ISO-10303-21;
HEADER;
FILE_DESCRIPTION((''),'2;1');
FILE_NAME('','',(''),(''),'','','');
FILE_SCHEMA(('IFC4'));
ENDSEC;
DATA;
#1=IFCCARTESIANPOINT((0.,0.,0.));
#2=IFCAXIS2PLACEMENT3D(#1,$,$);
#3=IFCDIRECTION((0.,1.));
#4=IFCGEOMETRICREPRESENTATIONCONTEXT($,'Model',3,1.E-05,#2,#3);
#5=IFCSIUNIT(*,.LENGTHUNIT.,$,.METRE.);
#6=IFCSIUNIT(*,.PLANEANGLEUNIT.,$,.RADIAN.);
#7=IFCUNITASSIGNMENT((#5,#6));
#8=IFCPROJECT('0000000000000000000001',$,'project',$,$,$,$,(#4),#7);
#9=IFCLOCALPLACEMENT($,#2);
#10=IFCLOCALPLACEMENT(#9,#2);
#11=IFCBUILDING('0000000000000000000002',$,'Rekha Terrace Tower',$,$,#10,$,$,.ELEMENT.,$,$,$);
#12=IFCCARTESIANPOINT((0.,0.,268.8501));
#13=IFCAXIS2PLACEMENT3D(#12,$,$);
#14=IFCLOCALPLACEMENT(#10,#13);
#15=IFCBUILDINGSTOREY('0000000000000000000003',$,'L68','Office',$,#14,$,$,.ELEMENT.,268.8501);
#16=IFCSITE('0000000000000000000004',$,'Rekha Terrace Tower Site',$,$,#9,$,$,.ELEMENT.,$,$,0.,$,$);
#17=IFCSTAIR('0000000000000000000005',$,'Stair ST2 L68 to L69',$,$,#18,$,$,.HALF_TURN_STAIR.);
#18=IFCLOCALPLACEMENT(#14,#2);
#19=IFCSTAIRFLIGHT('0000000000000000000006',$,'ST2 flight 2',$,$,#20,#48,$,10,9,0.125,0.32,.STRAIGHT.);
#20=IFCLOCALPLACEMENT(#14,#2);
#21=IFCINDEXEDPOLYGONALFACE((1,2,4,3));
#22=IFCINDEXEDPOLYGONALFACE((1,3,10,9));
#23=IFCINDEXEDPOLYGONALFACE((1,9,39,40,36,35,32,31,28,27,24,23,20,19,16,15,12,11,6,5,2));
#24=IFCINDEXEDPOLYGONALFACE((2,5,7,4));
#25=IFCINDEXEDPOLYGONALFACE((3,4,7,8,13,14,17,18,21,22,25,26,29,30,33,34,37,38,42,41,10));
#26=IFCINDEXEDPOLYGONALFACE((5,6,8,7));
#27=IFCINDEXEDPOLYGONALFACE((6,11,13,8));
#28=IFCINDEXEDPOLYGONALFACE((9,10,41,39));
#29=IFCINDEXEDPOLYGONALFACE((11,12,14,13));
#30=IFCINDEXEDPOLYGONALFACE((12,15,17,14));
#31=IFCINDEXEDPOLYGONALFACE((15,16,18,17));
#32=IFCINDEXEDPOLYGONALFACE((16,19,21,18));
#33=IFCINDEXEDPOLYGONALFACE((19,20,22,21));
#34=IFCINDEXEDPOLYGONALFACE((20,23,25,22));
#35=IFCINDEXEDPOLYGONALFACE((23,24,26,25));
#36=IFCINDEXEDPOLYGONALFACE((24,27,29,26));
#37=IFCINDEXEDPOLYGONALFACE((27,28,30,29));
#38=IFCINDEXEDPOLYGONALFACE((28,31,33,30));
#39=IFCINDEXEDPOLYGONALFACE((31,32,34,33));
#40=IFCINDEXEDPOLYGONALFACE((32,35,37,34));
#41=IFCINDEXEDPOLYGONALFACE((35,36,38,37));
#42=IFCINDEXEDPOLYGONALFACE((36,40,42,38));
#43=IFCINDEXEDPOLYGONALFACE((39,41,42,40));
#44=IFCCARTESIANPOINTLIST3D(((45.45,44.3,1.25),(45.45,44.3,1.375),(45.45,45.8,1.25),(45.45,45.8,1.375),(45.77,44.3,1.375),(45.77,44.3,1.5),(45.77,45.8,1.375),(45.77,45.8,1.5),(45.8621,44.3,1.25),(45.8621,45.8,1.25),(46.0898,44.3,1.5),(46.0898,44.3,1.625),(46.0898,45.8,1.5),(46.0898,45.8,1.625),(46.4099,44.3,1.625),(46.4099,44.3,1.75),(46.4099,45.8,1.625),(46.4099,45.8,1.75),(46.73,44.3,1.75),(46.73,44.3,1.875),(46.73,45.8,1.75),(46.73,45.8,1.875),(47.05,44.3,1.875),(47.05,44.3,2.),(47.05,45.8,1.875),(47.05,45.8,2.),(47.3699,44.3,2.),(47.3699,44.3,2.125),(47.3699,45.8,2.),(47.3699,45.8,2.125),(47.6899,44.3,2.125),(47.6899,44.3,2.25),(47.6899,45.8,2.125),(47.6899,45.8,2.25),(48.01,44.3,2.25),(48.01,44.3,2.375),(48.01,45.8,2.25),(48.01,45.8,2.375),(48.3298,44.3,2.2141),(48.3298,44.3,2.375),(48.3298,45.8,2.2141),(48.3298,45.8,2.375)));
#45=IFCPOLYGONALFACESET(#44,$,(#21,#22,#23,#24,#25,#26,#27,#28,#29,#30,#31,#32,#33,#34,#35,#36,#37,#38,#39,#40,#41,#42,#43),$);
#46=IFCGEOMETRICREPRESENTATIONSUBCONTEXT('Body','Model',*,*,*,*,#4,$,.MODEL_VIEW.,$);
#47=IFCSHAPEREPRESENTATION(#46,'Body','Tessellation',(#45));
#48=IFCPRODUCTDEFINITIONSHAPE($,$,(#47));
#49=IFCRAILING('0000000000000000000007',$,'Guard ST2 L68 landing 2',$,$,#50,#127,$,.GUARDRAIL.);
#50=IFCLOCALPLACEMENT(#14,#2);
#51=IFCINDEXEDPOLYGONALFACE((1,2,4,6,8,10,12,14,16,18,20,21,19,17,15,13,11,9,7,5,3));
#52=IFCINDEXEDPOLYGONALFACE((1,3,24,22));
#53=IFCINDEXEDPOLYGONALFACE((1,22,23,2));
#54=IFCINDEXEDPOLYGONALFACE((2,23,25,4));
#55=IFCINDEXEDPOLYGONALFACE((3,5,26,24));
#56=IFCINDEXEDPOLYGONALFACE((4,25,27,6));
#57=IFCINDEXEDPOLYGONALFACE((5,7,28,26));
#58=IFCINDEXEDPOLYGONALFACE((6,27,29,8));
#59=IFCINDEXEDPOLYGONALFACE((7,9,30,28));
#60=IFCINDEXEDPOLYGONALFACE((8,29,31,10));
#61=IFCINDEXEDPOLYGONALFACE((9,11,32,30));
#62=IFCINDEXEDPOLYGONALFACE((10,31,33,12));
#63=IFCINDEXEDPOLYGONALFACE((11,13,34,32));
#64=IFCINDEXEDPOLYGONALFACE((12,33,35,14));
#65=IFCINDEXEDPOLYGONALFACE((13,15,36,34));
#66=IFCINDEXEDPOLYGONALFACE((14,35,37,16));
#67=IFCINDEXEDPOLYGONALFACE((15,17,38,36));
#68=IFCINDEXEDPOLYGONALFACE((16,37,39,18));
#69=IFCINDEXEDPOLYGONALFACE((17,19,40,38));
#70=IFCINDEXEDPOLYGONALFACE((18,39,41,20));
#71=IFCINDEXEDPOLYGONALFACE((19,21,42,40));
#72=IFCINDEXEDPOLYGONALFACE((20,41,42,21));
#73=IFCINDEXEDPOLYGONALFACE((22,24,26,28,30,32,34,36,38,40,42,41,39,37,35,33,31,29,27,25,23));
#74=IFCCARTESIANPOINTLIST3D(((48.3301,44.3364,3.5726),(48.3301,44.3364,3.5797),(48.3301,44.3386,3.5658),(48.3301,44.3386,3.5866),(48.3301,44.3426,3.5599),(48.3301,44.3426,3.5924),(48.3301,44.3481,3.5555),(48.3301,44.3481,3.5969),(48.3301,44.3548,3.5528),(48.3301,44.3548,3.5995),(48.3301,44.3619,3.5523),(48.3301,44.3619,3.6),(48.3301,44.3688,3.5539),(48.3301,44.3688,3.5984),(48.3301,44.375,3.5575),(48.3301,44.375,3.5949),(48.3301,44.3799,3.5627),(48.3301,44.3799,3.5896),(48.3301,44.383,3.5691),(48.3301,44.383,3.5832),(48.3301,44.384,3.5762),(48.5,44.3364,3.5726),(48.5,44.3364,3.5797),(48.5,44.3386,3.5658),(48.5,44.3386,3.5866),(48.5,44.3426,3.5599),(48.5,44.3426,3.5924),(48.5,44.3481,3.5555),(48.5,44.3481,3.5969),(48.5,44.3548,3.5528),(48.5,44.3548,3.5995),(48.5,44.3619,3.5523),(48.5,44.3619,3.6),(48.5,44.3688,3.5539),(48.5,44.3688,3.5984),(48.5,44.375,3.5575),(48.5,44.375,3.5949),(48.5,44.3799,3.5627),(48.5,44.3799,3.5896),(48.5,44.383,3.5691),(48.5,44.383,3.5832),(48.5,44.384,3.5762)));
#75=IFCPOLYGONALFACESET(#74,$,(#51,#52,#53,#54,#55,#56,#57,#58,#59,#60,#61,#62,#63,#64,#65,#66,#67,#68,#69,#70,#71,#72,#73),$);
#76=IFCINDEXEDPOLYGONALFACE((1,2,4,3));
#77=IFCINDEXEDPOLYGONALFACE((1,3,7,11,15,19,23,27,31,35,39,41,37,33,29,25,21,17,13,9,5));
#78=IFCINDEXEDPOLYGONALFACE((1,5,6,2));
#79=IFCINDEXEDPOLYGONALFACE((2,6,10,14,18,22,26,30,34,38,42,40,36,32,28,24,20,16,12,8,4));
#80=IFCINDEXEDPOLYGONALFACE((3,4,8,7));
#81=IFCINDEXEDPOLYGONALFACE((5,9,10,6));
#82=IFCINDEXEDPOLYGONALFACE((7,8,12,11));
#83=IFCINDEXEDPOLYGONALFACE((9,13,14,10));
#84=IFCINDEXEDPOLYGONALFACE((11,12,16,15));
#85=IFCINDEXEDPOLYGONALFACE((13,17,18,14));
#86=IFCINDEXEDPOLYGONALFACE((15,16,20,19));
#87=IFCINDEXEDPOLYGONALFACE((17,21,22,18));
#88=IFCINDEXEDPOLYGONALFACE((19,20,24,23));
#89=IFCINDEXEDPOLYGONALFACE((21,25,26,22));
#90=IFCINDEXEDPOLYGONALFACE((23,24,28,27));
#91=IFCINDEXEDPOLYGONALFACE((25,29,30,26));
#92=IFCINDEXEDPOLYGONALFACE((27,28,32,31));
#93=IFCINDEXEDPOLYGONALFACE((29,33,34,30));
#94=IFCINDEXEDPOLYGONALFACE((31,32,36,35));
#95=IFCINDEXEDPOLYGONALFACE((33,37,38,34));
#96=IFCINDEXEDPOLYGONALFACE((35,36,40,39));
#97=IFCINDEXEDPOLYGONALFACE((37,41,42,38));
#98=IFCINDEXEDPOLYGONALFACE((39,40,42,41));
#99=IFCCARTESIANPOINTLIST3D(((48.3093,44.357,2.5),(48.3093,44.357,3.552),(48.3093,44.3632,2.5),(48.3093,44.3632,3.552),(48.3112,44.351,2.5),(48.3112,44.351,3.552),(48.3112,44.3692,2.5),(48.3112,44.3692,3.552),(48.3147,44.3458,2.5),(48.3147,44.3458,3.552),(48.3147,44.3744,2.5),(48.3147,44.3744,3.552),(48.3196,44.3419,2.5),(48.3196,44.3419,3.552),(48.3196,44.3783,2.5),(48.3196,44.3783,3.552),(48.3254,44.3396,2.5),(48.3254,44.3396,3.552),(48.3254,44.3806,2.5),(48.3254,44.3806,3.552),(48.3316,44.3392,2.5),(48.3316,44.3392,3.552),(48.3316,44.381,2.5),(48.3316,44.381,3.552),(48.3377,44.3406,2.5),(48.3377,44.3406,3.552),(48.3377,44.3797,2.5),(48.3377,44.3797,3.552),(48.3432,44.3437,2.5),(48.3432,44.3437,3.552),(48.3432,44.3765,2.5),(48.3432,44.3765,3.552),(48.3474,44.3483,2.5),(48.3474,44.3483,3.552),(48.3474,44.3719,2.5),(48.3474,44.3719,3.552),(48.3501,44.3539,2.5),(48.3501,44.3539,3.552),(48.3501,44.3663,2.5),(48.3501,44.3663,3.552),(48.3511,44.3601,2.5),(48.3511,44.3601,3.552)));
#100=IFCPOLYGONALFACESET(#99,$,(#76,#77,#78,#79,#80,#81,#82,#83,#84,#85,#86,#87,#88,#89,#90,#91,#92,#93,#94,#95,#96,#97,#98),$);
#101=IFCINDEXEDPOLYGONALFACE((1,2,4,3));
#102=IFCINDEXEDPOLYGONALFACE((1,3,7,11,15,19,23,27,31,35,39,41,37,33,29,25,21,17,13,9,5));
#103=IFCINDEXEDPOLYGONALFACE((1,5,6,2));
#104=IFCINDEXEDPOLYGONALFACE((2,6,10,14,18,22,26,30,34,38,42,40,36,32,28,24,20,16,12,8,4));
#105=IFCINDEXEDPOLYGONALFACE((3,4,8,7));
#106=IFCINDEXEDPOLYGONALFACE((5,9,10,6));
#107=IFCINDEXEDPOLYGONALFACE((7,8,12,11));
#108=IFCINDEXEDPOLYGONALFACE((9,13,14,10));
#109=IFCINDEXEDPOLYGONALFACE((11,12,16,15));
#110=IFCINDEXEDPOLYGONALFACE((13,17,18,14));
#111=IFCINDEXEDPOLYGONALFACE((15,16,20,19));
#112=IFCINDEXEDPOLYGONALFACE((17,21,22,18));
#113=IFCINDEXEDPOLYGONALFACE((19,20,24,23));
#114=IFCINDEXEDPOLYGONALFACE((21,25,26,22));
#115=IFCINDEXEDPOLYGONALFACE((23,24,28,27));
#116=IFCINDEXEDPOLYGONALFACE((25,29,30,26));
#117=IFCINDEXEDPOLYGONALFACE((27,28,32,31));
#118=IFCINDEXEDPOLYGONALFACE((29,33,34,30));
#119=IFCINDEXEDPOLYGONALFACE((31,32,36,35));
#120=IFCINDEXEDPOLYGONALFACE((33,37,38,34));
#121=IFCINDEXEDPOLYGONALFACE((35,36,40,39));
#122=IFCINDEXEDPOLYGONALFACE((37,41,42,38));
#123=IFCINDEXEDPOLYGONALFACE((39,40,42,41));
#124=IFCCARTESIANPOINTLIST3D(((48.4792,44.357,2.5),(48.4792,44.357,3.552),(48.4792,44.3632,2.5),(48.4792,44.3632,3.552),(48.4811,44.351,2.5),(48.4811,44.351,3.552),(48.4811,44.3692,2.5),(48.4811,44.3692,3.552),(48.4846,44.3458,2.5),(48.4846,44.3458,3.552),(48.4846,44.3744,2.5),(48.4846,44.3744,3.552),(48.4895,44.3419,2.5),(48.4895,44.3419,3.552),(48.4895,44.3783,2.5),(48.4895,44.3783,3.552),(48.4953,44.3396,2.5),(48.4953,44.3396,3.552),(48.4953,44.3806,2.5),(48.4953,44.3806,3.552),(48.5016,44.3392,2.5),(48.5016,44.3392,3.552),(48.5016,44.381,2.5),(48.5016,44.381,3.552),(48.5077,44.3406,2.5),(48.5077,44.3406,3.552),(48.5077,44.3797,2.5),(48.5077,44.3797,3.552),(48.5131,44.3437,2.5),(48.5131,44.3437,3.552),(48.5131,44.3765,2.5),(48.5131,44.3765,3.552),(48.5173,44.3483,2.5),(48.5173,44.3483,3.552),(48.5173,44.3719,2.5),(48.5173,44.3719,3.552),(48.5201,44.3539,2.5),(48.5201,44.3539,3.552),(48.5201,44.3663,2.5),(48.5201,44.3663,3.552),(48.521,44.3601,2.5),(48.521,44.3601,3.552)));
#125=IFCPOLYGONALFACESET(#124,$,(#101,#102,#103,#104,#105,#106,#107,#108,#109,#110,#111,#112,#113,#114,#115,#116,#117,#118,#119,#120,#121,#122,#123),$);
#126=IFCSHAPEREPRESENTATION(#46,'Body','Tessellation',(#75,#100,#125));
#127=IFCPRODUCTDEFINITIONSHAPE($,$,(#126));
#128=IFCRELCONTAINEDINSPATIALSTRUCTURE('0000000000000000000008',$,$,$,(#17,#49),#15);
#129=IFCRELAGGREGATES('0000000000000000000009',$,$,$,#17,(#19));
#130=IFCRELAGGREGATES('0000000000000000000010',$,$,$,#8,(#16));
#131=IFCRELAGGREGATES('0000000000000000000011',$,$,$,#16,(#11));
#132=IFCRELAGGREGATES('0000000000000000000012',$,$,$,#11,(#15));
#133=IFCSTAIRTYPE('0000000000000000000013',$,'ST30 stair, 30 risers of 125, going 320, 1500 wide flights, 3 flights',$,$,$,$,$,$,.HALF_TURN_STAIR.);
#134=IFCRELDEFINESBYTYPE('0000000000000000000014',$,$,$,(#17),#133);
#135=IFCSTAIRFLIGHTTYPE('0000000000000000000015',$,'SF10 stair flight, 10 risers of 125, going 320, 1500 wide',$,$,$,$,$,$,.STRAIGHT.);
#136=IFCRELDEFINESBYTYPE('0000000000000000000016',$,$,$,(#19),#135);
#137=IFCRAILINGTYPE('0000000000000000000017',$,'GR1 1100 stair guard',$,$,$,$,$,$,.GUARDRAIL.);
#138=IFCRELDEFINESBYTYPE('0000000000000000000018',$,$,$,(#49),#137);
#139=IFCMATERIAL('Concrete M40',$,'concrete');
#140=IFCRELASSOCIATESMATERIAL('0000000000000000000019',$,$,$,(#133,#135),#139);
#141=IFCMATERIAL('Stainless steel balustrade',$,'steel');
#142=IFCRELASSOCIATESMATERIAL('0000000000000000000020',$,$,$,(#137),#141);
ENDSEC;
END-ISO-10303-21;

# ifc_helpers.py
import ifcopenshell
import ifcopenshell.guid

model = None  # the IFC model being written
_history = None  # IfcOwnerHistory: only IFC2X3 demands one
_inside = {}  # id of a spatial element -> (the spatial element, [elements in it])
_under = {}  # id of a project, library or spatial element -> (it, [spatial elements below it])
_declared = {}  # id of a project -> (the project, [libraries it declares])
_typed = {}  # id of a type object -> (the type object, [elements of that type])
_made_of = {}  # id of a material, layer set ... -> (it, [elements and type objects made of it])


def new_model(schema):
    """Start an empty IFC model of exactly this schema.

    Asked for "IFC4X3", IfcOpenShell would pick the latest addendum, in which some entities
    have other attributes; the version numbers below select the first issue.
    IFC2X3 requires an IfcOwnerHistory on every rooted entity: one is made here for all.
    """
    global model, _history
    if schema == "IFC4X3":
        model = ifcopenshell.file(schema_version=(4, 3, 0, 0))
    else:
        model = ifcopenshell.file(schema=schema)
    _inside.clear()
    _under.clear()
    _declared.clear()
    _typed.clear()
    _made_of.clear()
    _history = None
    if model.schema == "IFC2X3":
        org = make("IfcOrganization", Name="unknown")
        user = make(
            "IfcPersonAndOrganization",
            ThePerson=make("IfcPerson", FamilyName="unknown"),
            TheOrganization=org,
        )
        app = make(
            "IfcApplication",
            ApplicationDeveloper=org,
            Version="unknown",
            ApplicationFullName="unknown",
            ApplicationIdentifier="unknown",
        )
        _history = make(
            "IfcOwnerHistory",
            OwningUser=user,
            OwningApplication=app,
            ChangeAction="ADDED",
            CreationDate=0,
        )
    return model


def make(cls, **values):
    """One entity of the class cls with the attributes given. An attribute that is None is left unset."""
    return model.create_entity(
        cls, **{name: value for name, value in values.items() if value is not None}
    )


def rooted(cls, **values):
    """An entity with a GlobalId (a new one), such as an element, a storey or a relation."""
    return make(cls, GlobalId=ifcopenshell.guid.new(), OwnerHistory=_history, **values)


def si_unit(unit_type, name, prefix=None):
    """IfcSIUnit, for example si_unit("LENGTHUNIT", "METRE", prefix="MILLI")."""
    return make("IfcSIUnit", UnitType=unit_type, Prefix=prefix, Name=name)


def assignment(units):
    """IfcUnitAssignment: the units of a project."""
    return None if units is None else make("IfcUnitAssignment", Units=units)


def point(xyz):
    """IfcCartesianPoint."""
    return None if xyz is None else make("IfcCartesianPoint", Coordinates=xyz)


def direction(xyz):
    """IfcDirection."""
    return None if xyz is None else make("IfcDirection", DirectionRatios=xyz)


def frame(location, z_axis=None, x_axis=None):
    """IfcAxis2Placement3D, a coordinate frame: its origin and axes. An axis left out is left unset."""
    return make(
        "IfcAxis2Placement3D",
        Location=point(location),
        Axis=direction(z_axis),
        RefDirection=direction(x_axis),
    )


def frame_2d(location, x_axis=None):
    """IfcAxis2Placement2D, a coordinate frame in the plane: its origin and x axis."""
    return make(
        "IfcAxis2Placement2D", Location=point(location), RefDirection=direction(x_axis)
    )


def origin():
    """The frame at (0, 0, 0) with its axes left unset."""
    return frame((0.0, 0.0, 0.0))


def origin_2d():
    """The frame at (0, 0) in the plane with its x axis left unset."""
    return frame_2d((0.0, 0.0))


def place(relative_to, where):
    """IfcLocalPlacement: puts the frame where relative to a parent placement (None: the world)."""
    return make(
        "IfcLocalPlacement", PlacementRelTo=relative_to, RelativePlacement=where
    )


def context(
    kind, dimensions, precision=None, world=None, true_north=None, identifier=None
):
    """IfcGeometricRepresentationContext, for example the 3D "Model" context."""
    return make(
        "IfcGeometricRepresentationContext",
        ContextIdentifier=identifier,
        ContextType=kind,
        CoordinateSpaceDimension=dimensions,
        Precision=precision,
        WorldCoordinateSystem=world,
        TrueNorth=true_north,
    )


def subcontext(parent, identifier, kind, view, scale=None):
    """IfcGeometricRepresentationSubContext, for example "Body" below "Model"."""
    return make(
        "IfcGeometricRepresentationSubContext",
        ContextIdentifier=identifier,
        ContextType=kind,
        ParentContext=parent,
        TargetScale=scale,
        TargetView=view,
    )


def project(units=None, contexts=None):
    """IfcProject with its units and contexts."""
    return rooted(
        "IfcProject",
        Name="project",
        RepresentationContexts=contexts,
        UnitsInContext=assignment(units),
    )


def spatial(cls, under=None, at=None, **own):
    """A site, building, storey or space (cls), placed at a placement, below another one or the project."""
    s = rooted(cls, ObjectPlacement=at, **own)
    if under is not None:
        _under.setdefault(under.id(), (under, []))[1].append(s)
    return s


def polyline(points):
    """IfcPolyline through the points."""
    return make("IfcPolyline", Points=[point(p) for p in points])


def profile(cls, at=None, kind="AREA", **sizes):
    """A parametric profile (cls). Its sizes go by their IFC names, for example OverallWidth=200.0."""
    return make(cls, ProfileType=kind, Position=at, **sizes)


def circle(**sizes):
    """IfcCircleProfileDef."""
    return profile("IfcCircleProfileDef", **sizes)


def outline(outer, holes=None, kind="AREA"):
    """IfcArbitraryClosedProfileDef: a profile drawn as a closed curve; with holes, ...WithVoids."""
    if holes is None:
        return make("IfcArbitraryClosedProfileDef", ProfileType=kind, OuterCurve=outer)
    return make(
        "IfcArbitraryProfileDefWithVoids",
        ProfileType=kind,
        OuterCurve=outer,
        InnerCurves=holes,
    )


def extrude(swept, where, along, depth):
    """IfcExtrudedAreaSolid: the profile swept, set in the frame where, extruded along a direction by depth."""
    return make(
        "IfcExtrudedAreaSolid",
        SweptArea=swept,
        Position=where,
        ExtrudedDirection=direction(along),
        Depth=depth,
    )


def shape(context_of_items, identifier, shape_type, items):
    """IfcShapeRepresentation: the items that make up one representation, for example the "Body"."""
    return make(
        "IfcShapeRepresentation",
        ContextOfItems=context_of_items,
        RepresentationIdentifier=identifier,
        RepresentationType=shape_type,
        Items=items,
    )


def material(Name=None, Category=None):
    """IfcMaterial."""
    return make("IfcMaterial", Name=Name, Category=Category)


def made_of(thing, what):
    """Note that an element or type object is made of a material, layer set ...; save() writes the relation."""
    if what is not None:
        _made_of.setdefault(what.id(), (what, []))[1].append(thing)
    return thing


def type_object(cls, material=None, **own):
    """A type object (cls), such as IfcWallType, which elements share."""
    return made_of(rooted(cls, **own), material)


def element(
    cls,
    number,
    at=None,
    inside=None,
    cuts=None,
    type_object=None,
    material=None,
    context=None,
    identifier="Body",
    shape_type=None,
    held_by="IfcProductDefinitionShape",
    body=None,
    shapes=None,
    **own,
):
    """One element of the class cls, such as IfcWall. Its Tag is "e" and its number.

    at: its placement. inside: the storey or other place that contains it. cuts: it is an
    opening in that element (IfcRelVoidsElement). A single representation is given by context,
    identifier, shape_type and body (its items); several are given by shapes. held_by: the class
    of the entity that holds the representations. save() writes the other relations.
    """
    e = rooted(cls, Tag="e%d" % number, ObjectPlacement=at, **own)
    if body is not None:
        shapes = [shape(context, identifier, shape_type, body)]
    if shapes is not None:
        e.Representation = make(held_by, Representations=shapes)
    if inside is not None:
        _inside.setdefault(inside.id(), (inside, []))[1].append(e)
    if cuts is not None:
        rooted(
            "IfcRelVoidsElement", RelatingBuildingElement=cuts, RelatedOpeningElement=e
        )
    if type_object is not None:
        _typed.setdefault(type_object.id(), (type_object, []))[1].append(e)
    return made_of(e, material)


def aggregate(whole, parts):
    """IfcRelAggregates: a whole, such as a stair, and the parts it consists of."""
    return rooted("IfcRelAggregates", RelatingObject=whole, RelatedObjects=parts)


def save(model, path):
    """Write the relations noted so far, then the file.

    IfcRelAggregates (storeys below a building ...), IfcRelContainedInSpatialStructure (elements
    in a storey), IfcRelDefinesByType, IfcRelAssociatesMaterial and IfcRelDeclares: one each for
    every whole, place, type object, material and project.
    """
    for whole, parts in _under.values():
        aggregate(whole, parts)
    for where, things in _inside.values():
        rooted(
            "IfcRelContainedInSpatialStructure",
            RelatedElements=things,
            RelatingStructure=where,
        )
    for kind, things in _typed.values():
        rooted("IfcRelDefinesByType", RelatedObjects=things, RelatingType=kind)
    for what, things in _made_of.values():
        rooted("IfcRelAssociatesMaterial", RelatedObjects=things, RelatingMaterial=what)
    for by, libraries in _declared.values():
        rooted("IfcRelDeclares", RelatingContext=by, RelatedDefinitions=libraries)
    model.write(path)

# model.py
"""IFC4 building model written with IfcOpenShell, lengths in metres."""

from ifc_helpers import new_model, si_unit, direction, frame, origin, origin_2d, place, context, subcontext, project, spatial, polyline, circle, outline, extrude, material, type_object, element, aggregate, save


model = new_model("IFC4")

# Units and contexts
model_context = context("Model", 3, precision=1e-05, world=origin(), true_north=direction((0.0, 1.0)))
body_context = subcontext(model_context, "Body", "Model", "MODEL_VIEW")
ifc_project = project(units=[si_unit("LENGTHUNIT", "METRE"), si_unit("PLANEANGLEUNIT", "RADIAN")], contexts=[model_context])

# Site, building, storey
site_placement = place(None, origin())
site = spatial("IfcSite", under=ifc_project, at=site_placement, Name="Rekha Terrace Tower Site", CompositionType="ELEMENT", RefElevation=0.0)
building_placement = place(site_placement, origin())
building = spatial("IfcBuilding", under=site, at=building_placement, Name="Rekha Terrace Tower", CompositionType="ELEMENT")
storey_placement = place(building_placement, frame((0.0, 0.0, 268.8501)))
storey = spatial("IfcBuildingStorey", under=building, at=storey_placement, Name="L68", Description="Office", CompositionType="ELEMENT", Elevation=268.8501)

# Stair, stair flight
ifc_material_1 = material(Name="Concrete M40", Category="concrete")
stair_type = type_object("IfcStairType", Name="ST30 stair, 30 risers of 125, going 320, 1500 wide flights, 3 flights", PredefinedType="HALF_TURN_STAIR", material=ifc_material_1)
stair_placement = place(storey_placement, origin())
stair = element("IfcStair", 1, at=stair_placement, inside=storey, type_object=stair_type, Name="Stair ST2 L68 to L69", PredefinedType="HALF_TURN_STAIR")
stair_flight_type = type_object("IfcStairFlightType", Name="SF10 stair flight, 10 risers of 125, going 320, 1500 wide", PredefinedType="STRAIGHT", material=ifc_material_1)
stair_flight_placement = place(storey_placement, frame((45.45, 45.05, 1.25), z_axis=(0.0, 0.0, 1.0), x_axis=(1.0, 0.0, 0.0)))
stair_flight = element("IfcStairFlight", 2, at=stair_flight_placement, type_object=stair_flight_type, Name="ST2 flight 2", NumberOfRisers=10, NumberOfTreads=9, PredefinedType="STRAIGHT", RiserHeight=0.125, TreadLength=0.32, context=body_context, shape_type="SweptSolid", body=[
    extrude(outline(polyline([(0.0, 0.0), (0.0, 0.125), (0.3201, 0.125), (0.3201, 0.25), (0.6399, 0.25), (0.6399, 0.375), (0.96, 0.375), (0.96, 0.5), (1.28, 0.5), (1.28, 0.625), (1.6001, 0.625), (1.6001, 0.75), (1.9199, 0.75), (1.9199, 0.875), (2.24, 0.875), (2.24, 1.0), (2.5601, 1.0), (2.5601, 1.125), (2.8799, 1.125), (2.8799, 1.25), (2.8799, 0.9641), (0.4121, 0.0), (0.0, 0.0)])), frame((0.0, 0.75, 0.0), z_axis=(0.0, -1.0, 0.0), x_axis=(1.0, 0.0, 0.0)), (0.0, 0.0, 1.0), 1.5),
])
aggregate(stair, [stair_flight])

# Railing
ifc_material_2 = material(Name="Stainless steel balustrade", Category="steel")
railing_type_1 = type_object("IfcRailingType", Name="GR1 1100 stair guard", PredefinedType="GUARDRAIL", material=ifc_material_2)
railing_1_placement = place(storey_placement, frame((48.3301, 44.3601, 2.5)))
element("IfcRailing", 3, at=railing_1_placement, inside=storey, type_object=railing_type_1, Name="Guard ST2 L68 landing 2", PredefinedType="GUARDRAIL", context=body_context, shape_type="SweptSolid", body=[
    extrude(circle(Radius=0.0239, at=origin_2d()), frame((0.0, 0.0, 1.0762), z_axis=(1.0, 0.0, 0.0), x_axis=(0.0, 1.0, 0.0)), (0.0, 0.0, 1.0), 0.1699),
    extrude(circle(Radius=0.021, at=origin_2d()), origin(), (0.0, 0.0, 1.0), 1.052),
    extrude(circle(Radius=0.021, at=origin_2d()), frame((0.1699, 0.0, 0.0)), (0.0, 0.0, 1.0), 1.052),
])

save(model, "model.ifc")
